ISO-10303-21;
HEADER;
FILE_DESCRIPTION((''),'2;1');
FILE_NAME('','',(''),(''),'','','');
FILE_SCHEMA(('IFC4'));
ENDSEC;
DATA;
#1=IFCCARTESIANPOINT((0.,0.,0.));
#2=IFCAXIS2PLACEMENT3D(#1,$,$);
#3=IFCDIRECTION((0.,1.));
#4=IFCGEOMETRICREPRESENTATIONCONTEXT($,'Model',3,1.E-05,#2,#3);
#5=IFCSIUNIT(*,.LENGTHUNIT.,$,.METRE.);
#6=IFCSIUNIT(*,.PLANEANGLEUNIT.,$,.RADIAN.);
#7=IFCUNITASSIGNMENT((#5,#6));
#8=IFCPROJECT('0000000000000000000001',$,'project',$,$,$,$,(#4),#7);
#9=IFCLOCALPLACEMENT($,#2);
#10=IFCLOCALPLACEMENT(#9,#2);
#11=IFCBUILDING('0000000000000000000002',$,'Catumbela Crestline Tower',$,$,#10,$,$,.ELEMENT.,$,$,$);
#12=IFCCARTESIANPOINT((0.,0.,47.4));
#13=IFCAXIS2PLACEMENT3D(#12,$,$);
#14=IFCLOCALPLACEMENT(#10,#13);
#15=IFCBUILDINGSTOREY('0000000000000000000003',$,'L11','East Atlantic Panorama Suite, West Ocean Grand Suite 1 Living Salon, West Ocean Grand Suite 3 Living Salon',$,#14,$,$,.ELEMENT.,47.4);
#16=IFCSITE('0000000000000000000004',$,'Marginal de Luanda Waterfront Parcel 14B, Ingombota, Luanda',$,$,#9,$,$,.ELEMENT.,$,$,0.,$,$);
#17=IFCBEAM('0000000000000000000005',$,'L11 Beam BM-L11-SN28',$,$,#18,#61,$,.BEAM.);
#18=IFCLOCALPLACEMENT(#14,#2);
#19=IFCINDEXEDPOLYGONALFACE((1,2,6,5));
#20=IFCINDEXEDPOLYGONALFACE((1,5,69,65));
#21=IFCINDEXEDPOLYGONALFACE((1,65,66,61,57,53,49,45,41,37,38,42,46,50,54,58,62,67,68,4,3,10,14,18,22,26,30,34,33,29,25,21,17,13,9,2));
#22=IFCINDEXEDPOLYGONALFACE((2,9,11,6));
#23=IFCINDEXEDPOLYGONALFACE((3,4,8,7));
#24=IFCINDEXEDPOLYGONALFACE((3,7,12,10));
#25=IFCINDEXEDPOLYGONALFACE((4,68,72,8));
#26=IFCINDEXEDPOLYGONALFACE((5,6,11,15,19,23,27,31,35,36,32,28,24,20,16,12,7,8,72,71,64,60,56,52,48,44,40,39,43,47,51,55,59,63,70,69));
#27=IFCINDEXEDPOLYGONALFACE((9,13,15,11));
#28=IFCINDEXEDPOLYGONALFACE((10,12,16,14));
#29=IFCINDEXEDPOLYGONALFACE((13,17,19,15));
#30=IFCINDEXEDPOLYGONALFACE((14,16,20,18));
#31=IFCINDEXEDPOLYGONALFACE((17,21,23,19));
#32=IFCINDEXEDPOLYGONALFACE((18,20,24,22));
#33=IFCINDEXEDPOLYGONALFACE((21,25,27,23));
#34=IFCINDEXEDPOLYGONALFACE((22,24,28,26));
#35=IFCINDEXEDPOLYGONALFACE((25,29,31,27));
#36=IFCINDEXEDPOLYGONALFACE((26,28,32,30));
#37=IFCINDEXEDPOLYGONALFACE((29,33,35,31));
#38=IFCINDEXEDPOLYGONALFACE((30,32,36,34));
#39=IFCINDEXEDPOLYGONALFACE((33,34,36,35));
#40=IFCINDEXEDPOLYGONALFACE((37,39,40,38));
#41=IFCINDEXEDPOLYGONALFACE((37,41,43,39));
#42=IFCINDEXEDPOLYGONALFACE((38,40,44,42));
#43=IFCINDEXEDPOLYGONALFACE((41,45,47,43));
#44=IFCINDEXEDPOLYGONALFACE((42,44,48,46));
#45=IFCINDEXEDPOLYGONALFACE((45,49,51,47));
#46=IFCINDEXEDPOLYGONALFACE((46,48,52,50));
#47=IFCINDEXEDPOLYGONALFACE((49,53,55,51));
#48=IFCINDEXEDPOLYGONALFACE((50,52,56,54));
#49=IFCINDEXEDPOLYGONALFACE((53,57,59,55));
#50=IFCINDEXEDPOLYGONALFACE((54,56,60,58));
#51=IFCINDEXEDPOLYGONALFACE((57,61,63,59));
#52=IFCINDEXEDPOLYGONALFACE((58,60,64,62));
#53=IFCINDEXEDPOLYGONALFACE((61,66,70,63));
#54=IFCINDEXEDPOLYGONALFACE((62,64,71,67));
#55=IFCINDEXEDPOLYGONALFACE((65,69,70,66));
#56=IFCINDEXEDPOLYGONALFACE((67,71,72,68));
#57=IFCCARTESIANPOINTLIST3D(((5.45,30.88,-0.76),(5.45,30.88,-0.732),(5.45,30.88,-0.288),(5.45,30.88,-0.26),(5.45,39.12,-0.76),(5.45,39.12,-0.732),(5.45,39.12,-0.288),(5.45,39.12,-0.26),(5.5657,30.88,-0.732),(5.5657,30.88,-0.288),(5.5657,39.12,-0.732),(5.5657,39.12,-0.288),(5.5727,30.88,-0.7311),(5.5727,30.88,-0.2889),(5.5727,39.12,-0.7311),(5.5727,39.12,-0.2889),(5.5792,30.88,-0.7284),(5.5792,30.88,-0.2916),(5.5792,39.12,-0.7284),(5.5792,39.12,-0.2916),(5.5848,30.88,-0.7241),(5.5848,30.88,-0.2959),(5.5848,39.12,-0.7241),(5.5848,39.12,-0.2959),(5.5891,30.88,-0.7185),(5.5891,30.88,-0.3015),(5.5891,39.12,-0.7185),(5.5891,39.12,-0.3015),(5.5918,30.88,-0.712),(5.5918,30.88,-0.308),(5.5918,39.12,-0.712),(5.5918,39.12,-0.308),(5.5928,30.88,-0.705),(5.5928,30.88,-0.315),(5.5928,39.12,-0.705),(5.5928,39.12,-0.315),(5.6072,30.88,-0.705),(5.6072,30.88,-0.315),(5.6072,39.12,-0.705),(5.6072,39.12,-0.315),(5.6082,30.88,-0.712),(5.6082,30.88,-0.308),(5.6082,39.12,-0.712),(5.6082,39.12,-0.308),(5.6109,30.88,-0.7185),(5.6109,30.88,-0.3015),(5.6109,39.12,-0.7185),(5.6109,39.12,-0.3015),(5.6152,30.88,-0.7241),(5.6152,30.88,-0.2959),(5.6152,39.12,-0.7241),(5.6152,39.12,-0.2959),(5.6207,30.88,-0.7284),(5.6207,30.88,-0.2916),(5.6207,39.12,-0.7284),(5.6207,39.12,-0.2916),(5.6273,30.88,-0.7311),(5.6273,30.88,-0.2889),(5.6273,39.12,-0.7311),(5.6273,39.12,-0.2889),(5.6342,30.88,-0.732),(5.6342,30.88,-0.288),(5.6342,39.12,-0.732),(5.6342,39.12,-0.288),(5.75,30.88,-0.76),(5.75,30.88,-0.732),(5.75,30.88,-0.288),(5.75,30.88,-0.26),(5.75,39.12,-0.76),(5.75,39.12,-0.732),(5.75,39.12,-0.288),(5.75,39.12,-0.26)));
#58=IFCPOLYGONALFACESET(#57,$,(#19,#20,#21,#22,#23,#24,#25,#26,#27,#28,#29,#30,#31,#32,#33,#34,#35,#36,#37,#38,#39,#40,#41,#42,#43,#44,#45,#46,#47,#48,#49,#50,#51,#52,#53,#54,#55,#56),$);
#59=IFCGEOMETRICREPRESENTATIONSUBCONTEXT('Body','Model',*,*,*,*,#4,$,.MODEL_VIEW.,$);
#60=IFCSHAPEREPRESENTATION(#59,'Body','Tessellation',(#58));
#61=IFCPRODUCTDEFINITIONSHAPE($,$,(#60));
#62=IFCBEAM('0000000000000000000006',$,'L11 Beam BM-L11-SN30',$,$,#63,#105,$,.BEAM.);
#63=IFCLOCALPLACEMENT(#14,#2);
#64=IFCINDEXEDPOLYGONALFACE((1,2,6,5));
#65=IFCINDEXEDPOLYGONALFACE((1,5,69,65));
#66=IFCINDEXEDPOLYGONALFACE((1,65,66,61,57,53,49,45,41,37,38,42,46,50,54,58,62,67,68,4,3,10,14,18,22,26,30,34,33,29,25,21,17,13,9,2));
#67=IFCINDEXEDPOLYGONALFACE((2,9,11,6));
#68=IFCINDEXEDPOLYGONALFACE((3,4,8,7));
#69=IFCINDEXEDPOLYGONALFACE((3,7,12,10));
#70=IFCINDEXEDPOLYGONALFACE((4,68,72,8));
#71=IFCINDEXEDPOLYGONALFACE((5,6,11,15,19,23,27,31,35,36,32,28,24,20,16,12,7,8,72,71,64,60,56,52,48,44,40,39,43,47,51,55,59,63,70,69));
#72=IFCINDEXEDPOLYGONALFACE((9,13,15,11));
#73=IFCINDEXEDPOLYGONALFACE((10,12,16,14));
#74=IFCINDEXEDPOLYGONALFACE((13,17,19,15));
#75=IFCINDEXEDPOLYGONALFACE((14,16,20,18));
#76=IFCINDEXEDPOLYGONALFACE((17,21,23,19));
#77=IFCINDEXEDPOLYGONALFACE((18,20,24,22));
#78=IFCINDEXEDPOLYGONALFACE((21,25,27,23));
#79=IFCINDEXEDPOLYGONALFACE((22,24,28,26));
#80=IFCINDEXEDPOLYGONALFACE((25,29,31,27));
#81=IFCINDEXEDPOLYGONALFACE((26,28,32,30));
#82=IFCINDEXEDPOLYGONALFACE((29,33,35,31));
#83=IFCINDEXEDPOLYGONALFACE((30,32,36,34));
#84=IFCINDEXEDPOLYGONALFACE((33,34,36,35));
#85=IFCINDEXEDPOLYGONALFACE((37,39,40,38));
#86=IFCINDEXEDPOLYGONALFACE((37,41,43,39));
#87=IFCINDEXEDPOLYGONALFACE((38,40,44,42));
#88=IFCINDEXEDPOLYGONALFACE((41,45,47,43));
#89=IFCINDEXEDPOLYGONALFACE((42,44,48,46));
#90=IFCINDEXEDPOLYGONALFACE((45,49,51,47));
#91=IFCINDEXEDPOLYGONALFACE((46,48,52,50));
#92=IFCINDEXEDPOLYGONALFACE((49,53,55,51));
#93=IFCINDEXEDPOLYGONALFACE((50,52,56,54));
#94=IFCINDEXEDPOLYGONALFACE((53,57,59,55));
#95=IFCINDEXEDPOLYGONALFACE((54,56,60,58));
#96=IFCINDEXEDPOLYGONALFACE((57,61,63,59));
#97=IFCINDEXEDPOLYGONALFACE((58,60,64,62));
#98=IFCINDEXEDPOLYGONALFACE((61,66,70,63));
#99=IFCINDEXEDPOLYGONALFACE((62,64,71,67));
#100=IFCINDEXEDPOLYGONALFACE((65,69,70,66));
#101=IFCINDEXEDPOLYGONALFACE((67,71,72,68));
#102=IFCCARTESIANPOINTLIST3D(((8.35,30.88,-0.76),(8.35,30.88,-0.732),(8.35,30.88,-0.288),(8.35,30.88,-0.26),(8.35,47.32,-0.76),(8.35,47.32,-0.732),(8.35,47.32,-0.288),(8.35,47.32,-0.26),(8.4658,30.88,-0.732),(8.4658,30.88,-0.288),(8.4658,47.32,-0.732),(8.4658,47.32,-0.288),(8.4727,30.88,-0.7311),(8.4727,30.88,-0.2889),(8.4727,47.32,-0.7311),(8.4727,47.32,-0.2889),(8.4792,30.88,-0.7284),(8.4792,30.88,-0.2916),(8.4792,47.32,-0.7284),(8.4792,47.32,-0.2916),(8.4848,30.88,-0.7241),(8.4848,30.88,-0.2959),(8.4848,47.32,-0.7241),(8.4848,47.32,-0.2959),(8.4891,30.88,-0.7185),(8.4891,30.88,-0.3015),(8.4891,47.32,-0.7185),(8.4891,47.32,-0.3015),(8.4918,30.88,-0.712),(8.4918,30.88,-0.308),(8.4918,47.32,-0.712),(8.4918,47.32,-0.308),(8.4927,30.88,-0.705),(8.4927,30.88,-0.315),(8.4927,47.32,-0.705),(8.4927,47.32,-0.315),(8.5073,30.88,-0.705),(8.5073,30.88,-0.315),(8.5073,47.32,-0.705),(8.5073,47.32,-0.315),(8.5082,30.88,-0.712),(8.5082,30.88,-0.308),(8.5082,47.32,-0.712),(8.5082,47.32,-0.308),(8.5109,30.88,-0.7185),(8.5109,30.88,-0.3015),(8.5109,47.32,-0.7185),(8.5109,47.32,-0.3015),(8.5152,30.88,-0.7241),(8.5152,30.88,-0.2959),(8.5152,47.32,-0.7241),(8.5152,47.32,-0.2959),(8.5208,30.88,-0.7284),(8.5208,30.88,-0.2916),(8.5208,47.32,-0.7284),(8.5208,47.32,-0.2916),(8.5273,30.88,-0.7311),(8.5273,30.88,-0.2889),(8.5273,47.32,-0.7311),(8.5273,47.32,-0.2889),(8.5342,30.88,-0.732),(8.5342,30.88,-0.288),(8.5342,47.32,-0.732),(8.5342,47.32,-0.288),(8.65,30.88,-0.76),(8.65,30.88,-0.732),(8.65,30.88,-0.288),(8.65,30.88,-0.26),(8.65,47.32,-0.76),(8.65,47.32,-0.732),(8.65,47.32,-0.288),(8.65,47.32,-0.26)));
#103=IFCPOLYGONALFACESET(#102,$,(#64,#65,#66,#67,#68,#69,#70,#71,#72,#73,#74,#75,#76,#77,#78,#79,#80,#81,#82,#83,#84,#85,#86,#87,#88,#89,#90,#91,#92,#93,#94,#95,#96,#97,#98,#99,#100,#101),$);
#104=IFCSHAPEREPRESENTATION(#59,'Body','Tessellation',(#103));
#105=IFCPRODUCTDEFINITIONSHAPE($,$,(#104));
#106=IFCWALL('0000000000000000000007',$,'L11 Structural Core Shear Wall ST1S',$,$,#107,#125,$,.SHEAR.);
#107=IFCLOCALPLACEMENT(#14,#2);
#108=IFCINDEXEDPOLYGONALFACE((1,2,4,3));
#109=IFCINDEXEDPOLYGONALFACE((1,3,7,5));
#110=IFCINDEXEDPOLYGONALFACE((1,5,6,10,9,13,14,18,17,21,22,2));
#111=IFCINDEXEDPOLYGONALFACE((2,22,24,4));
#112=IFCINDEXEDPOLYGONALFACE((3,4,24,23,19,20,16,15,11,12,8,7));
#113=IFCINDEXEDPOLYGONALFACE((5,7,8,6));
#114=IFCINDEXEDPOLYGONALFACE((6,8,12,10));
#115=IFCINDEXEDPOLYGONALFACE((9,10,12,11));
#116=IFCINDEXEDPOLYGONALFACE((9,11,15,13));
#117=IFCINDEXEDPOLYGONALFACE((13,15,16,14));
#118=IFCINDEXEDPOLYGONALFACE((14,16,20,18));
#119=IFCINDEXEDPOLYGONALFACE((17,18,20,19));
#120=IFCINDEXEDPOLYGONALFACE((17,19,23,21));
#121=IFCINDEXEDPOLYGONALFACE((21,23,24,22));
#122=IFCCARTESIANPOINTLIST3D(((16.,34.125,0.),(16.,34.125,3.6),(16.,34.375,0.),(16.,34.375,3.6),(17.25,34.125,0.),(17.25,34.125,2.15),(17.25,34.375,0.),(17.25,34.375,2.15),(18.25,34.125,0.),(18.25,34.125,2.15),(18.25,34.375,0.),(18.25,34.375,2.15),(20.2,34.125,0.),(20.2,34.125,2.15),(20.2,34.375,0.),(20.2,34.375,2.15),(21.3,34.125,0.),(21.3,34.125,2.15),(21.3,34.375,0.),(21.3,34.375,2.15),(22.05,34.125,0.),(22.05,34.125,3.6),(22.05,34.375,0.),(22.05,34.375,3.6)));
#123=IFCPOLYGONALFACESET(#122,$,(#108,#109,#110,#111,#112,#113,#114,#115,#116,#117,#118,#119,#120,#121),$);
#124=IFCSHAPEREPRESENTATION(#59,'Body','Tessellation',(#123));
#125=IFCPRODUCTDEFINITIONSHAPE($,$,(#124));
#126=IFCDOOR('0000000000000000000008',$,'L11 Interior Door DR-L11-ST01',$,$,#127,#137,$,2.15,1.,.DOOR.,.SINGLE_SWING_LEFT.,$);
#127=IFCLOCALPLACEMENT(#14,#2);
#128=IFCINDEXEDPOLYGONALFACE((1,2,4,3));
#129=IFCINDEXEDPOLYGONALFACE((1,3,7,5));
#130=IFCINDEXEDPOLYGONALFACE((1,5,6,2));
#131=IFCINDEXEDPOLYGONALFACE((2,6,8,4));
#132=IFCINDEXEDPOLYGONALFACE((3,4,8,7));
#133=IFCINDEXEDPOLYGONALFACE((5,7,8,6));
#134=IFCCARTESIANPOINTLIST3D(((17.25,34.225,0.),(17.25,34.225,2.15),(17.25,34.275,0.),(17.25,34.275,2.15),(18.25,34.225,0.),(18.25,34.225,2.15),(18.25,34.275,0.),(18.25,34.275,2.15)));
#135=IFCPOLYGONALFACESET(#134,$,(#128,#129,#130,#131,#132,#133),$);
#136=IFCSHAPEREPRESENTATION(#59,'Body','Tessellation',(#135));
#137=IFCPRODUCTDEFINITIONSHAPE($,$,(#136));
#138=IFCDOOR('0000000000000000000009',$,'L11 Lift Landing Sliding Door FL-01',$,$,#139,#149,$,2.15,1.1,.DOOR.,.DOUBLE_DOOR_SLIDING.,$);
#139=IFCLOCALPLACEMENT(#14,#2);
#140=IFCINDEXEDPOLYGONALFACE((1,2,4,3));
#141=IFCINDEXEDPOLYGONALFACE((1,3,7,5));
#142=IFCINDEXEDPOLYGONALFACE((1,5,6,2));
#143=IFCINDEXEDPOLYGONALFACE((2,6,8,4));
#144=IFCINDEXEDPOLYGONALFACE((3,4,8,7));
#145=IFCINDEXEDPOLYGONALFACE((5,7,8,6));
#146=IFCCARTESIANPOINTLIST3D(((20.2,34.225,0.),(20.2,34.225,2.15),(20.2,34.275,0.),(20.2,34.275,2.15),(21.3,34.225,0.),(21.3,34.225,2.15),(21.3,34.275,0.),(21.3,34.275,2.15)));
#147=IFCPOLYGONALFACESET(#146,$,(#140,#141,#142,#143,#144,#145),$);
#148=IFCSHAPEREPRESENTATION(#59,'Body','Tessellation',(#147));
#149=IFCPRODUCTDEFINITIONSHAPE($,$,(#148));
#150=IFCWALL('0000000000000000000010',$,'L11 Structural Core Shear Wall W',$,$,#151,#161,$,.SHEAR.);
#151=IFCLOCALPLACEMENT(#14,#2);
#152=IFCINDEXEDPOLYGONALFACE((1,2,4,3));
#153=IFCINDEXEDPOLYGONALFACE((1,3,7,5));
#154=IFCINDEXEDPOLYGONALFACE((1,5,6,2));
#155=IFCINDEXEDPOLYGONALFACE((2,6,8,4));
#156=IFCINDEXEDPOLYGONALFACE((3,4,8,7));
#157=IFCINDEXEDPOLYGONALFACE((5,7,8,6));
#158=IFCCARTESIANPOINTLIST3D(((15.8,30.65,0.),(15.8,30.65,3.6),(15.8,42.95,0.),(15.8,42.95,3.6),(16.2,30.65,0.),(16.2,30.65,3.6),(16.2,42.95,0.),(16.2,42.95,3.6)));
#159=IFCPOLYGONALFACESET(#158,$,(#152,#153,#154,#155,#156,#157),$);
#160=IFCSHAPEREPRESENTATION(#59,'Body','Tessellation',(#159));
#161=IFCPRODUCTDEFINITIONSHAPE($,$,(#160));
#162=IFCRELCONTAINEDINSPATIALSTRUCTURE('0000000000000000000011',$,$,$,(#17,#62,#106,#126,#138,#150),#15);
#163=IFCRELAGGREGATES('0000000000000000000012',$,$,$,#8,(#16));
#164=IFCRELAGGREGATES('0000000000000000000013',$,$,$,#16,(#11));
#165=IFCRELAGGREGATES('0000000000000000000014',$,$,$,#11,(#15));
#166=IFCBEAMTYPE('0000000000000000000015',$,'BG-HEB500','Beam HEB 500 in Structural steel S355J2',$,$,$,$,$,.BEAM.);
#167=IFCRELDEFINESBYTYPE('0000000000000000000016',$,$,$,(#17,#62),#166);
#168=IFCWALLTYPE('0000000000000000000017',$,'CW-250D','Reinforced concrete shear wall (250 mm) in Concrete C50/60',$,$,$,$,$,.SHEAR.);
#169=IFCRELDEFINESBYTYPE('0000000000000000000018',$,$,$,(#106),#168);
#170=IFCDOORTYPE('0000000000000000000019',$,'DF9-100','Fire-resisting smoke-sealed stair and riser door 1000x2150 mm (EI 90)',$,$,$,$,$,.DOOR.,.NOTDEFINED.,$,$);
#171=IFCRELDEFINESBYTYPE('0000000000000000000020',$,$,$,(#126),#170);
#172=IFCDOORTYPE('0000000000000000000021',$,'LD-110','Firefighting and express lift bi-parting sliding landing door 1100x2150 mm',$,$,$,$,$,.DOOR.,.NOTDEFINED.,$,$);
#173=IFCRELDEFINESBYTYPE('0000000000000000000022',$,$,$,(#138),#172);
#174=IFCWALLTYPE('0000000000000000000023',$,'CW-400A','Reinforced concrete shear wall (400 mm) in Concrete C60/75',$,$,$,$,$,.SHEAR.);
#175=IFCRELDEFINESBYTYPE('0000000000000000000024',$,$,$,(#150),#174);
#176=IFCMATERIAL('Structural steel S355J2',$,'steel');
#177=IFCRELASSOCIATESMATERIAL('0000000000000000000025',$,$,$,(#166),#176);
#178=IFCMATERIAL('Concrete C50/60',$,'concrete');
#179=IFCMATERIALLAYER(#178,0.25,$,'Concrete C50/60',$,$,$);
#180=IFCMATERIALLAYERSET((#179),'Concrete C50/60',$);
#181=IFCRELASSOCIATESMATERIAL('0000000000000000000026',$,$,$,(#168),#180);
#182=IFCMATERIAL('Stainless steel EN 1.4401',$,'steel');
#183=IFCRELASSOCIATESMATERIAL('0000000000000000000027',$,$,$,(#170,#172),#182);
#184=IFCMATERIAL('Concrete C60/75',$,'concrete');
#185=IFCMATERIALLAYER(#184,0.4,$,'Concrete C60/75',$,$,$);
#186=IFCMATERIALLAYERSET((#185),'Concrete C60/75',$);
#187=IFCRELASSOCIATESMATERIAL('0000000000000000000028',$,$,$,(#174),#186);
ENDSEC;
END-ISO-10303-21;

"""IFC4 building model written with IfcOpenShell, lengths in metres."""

from ifc_helpers import new_model, si_unit, direction, frame, frame_2d, origin, origin_2d, place, context, subcontext, project, spatial, rectangle, i_section, extrude, material, layer, layer_set, material_profile, profile_set, type_object, element, fill, save


model = new_model("IFC4")

# Units and contexts
model_context = context("Model", 3, precision=1e-05, world=origin(), true_north=direction((0.0, 1.0)))
body_context = subcontext(model_context, "Body", "Model", "MODEL_VIEW")
ifc_project = project(units=[si_unit("LENGTHUNIT", "METRE"), si_unit("PLANEANGLEUNIT", "RADIAN")], contexts=[model_context])

# Site, building, storey
site_placement = place(None, origin())
site = spatial("IfcSite", under=ifc_project, at=site_placement, Name="Marginal de Luanda Waterfront Parcel 14B, Ingombota, Luanda", CompositionType="ELEMENT", RefElevation=0.0)
building_placement = place(site_placement, origin())
building = spatial("IfcBuilding", under=site, at=building_placement, Name="Catumbela Crestline Tower", CompositionType="ELEMENT")
storey_placement = place(building_placement, frame((0.0, 0.0, 47.4)))
storey = spatial("IfcBuildingStorey", under=building, at=storey_placement, Name="L11", Description="East Atlantic Panorama Suite, West Ocean Grand Suite 1 Living Salon, West Ocean Grand Suite 3 Living Salon", CompositionType="ELEMENT", Elevation=47.4)

# Beams
ifc_material_1 = material(Name="Structural steel S355J2", Category="steel")
ifc_material_profile_1 = material_profile(ifc_material_1, i_section(OverallWidth=0.3, OverallDepth=0.5, WebThickness=0.0145, FlangeThickness=0.028, FilletRadius=0.027, at=origin_2d()), Name="HEB 500")
ifc_profile_set_1 = profile_set([ifc_material_profile_1], Name="Structural steel S355J2")
beam_type = type_object("IfcBeamType", Name="BG-HEB500", Description="Beam HEB 500 in Structural steel S355J2", PredefinedType="BEAM", material=ifc_profile_set_1)
beam_1_placement = place(storey_placement, frame((5.6, 30.88, -0.51), z_axis=(0.0, 1.0, 0.0), x_axis=(-1.0, 0.0, 0.0)))
element("IfcBeam", 1, at=beam_1_placement, inside=storey, type_object=beam_type, Name="L11 Beam BM-L11-SN28", PredefinedType="BEAM", context=body_context, shape_type="SweptSolid", body=[
    extrude(i_section(OverallWidth=0.3, OverallDepth=0.5, WebThickness=0.0145, FlangeThickness=0.028, FilletRadius=0.027, at=origin_2d()), origin(), (0.0, 0.0, 1.0), 8.24),
])
beam_2_placement = place(storey_placement, frame((8.5, 30.88, -0.51), z_axis=(0.0, 1.0, 0.0), x_axis=(-1.0, 0.0, 0.0)))
element("IfcBeam", 2, at=beam_2_placement, inside=storey, type_object=beam_type, Name="L11 Beam BM-L11-SN30", PredefinedType="BEAM", context=body_context, shape_type="SweptSolid", body=[
    extrude(i_section(OverallWidth=0.3, OverallDepth=0.5, WebThickness=0.0145, FlangeThickness=0.028, FilletRadius=0.027, at=origin_2d()), origin(), (0.0, 0.0, 1.0), 16.44),
])

# Wall, openings, doors
ifc_material_2 = material(Name="Concrete C50/60", Category="concrete")
ifc_layer_1 = layer(ifc_material_2, 0.25, Name="Concrete C50/60")
ifc_layer_set_1 = layer_set([ifc_layer_1], Name="Concrete C50/60")
wall_type_1 = type_object("IfcWallType", Name="CW-250D", Description="Reinforced concrete shear wall (250 mm) in Concrete C50/60", PredefinedType="SHEAR", material=ifc_layer_set_1)
wall_1_placement = place(storey_placement, frame((16.0, 34.25, 0.0), z_axis=(0.0, 0.0, 1.0), x_axis=(1.0, 0.0, 0.0)))
wall_1 = element("IfcWall", 3, at=wall_1_placement, inside=storey, type_object=wall_type_1, Name="L11 Structural Core Shear Wall ST1S", PredefinedType="SHEAR", context=body_context, shape_type="SweptSolid", body=[
    extrude(rectangle(XDim=6.05, YDim=0.25, at=frame_2d((3.025, 0.0))), origin(), (0.0, 0.0, 1.0), 3.6),
])
opening_1_placement = place(wall_1_placement, frame((1.25, 0.0, 0.0)))
opening_1 = element("IfcOpeningElement", 4, at=opening_1_placement, cuts=wall_1, PredefinedType="OPENING", context=body_context, shape_type="SweptSolid", body=[
    extrude(rectangle(XDim=1.0, YDim=2.15, at=frame_2d((0.5, 1.075))), frame((0.0, 0.135, 0.0), z_axis=(0.0, -1.0, 0.0), x_axis=(1.0, 0.0, 0.0)), (0.0, 0.0, 1.0), 0.27),
])
opening_2_placement = place(wall_1_placement, frame((4.2, 0.0, 0.0)))
opening_2 = element("IfcOpeningElement", 5, at=opening_2_placement, cuts=wall_1, PredefinedType="OPENING", context=body_context, shape_type="SweptSolid", body=[
    extrude(rectangle(XDim=1.1, YDim=2.15, at=frame_2d((0.55, 1.075))), frame((0.0, 0.135, 0.0), z_axis=(0.0, -1.0, 0.0), x_axis=(1.0, 0.0, 0.0)), (0.0, 0.0, 1.0), 0.27),
])
ifc_material_3 = material(Name="Stainless steel EN 1.4401", Category="steel")
door_type_1 = type_object("IfcDoorType", Name="DF9-100", Description="Fire-resisting smoke-sealed stair and riser door 1000x2150 mm (EI 90)", OperationType="NOTDEFINED", PredefinedType="DOOR", material=ifc_material_3)
door_1_placement = place(opening_1_placement, origin())
door_1 = element("IfcDoor", 6, at=door_1_placement, inside=storey, type_object=door_type_1, Name="L11 Interior Door DR-L11-ST01", OperationType="SINGLE_SWING_LEFT", OverallHeight=2.15, OverallWidth=1.0, PredefinedType="DOOR", context=body_context, shape_type="SweptSolid", body=[
    extrude(rectangle(XDim=1.0, YDim=2.15, at=frame_2d((0.5, 1.075))), frame((0.0, 0.025, 0.0), z_axis=(0.0, -1.0, 0.0), x_axis=(1.0, 0.0, 0.0)), (0.0, 0.0, 1.0), 0.05),
])
fill(opening_1, door_1)
door_type_2 = type_object("IfcDoorType", Name="LD-110", Description="Firefighting and express lift bi-parting sliding landing door 1100x2150 mm", OperationType="NOTDEFINED", PredefinedType="DOOR", material=ifc_material_3)
door_2_placement = place(opening_2_placement, origin())
door_2 = element("IfcDoor", 7, at=door_2_placement, inside=storey, type_object=door_type_2, Name="L11 Lift Landing Sliding Door FL-01", OperationType="DOUBLE_DOOR_SLIDING", OverallHeight=2.15, OverallWidth=1.1, PredefinedType="DOOR", context=body_context, shape_type="SweptSolid", body=[
    extrude(rectangle(XDim=1.1, YDim=2.15, at=frame_2d((0.55, 1.075))), frame((0.0, 0.025, 0.0), z_axis=(0.0, -1.0, 0.0), x_axis=(1.0, 0.0, 0.0)), (0.0, 0.0, 1.0), 0.05),
])
fill(opening_2, door_2)

# Wall
ifc_material_4 = material(Name="Concrete C60/75", Category="concrete")
ifc_layer_2 = layer(ifc_material_4, 0.4, Name="Concrete C60/75")
ifc_layer_set_2 = layer_set([ifc_layer_2], Name="Concrete C60/75")
wall_type_2 = type_object("IfcWallType", Name="CW-400A", Description="Reinforced concrete shear wall (400 mm) in Concrete C60/75", PredefinedType="SHEAR", material=ifc_layer_set_2)
wall_2_placement = place(storey_placement, frame((16.0, 30.65, 0.0), z_axis=(0.0, 0.0, 1.0), x_axis=(0.0, 1.0, 0.0)))
element("IfcWall", 8, at=wall_2_placement, inside=storey, type_object=wall_type_2, Name="L11 Structural Core Shear Wall W", PredefinedType="SHEAR", context=body_context, shape_type="SweptSolid", body=[
    extrude(rectangle(XDim=12.3, YDim=0.4, at=frame_2d((6.15, 0.0))), origin(), (0.0, 0.0, 1.0), 3.6),
])

save(model, "model.ifc")
